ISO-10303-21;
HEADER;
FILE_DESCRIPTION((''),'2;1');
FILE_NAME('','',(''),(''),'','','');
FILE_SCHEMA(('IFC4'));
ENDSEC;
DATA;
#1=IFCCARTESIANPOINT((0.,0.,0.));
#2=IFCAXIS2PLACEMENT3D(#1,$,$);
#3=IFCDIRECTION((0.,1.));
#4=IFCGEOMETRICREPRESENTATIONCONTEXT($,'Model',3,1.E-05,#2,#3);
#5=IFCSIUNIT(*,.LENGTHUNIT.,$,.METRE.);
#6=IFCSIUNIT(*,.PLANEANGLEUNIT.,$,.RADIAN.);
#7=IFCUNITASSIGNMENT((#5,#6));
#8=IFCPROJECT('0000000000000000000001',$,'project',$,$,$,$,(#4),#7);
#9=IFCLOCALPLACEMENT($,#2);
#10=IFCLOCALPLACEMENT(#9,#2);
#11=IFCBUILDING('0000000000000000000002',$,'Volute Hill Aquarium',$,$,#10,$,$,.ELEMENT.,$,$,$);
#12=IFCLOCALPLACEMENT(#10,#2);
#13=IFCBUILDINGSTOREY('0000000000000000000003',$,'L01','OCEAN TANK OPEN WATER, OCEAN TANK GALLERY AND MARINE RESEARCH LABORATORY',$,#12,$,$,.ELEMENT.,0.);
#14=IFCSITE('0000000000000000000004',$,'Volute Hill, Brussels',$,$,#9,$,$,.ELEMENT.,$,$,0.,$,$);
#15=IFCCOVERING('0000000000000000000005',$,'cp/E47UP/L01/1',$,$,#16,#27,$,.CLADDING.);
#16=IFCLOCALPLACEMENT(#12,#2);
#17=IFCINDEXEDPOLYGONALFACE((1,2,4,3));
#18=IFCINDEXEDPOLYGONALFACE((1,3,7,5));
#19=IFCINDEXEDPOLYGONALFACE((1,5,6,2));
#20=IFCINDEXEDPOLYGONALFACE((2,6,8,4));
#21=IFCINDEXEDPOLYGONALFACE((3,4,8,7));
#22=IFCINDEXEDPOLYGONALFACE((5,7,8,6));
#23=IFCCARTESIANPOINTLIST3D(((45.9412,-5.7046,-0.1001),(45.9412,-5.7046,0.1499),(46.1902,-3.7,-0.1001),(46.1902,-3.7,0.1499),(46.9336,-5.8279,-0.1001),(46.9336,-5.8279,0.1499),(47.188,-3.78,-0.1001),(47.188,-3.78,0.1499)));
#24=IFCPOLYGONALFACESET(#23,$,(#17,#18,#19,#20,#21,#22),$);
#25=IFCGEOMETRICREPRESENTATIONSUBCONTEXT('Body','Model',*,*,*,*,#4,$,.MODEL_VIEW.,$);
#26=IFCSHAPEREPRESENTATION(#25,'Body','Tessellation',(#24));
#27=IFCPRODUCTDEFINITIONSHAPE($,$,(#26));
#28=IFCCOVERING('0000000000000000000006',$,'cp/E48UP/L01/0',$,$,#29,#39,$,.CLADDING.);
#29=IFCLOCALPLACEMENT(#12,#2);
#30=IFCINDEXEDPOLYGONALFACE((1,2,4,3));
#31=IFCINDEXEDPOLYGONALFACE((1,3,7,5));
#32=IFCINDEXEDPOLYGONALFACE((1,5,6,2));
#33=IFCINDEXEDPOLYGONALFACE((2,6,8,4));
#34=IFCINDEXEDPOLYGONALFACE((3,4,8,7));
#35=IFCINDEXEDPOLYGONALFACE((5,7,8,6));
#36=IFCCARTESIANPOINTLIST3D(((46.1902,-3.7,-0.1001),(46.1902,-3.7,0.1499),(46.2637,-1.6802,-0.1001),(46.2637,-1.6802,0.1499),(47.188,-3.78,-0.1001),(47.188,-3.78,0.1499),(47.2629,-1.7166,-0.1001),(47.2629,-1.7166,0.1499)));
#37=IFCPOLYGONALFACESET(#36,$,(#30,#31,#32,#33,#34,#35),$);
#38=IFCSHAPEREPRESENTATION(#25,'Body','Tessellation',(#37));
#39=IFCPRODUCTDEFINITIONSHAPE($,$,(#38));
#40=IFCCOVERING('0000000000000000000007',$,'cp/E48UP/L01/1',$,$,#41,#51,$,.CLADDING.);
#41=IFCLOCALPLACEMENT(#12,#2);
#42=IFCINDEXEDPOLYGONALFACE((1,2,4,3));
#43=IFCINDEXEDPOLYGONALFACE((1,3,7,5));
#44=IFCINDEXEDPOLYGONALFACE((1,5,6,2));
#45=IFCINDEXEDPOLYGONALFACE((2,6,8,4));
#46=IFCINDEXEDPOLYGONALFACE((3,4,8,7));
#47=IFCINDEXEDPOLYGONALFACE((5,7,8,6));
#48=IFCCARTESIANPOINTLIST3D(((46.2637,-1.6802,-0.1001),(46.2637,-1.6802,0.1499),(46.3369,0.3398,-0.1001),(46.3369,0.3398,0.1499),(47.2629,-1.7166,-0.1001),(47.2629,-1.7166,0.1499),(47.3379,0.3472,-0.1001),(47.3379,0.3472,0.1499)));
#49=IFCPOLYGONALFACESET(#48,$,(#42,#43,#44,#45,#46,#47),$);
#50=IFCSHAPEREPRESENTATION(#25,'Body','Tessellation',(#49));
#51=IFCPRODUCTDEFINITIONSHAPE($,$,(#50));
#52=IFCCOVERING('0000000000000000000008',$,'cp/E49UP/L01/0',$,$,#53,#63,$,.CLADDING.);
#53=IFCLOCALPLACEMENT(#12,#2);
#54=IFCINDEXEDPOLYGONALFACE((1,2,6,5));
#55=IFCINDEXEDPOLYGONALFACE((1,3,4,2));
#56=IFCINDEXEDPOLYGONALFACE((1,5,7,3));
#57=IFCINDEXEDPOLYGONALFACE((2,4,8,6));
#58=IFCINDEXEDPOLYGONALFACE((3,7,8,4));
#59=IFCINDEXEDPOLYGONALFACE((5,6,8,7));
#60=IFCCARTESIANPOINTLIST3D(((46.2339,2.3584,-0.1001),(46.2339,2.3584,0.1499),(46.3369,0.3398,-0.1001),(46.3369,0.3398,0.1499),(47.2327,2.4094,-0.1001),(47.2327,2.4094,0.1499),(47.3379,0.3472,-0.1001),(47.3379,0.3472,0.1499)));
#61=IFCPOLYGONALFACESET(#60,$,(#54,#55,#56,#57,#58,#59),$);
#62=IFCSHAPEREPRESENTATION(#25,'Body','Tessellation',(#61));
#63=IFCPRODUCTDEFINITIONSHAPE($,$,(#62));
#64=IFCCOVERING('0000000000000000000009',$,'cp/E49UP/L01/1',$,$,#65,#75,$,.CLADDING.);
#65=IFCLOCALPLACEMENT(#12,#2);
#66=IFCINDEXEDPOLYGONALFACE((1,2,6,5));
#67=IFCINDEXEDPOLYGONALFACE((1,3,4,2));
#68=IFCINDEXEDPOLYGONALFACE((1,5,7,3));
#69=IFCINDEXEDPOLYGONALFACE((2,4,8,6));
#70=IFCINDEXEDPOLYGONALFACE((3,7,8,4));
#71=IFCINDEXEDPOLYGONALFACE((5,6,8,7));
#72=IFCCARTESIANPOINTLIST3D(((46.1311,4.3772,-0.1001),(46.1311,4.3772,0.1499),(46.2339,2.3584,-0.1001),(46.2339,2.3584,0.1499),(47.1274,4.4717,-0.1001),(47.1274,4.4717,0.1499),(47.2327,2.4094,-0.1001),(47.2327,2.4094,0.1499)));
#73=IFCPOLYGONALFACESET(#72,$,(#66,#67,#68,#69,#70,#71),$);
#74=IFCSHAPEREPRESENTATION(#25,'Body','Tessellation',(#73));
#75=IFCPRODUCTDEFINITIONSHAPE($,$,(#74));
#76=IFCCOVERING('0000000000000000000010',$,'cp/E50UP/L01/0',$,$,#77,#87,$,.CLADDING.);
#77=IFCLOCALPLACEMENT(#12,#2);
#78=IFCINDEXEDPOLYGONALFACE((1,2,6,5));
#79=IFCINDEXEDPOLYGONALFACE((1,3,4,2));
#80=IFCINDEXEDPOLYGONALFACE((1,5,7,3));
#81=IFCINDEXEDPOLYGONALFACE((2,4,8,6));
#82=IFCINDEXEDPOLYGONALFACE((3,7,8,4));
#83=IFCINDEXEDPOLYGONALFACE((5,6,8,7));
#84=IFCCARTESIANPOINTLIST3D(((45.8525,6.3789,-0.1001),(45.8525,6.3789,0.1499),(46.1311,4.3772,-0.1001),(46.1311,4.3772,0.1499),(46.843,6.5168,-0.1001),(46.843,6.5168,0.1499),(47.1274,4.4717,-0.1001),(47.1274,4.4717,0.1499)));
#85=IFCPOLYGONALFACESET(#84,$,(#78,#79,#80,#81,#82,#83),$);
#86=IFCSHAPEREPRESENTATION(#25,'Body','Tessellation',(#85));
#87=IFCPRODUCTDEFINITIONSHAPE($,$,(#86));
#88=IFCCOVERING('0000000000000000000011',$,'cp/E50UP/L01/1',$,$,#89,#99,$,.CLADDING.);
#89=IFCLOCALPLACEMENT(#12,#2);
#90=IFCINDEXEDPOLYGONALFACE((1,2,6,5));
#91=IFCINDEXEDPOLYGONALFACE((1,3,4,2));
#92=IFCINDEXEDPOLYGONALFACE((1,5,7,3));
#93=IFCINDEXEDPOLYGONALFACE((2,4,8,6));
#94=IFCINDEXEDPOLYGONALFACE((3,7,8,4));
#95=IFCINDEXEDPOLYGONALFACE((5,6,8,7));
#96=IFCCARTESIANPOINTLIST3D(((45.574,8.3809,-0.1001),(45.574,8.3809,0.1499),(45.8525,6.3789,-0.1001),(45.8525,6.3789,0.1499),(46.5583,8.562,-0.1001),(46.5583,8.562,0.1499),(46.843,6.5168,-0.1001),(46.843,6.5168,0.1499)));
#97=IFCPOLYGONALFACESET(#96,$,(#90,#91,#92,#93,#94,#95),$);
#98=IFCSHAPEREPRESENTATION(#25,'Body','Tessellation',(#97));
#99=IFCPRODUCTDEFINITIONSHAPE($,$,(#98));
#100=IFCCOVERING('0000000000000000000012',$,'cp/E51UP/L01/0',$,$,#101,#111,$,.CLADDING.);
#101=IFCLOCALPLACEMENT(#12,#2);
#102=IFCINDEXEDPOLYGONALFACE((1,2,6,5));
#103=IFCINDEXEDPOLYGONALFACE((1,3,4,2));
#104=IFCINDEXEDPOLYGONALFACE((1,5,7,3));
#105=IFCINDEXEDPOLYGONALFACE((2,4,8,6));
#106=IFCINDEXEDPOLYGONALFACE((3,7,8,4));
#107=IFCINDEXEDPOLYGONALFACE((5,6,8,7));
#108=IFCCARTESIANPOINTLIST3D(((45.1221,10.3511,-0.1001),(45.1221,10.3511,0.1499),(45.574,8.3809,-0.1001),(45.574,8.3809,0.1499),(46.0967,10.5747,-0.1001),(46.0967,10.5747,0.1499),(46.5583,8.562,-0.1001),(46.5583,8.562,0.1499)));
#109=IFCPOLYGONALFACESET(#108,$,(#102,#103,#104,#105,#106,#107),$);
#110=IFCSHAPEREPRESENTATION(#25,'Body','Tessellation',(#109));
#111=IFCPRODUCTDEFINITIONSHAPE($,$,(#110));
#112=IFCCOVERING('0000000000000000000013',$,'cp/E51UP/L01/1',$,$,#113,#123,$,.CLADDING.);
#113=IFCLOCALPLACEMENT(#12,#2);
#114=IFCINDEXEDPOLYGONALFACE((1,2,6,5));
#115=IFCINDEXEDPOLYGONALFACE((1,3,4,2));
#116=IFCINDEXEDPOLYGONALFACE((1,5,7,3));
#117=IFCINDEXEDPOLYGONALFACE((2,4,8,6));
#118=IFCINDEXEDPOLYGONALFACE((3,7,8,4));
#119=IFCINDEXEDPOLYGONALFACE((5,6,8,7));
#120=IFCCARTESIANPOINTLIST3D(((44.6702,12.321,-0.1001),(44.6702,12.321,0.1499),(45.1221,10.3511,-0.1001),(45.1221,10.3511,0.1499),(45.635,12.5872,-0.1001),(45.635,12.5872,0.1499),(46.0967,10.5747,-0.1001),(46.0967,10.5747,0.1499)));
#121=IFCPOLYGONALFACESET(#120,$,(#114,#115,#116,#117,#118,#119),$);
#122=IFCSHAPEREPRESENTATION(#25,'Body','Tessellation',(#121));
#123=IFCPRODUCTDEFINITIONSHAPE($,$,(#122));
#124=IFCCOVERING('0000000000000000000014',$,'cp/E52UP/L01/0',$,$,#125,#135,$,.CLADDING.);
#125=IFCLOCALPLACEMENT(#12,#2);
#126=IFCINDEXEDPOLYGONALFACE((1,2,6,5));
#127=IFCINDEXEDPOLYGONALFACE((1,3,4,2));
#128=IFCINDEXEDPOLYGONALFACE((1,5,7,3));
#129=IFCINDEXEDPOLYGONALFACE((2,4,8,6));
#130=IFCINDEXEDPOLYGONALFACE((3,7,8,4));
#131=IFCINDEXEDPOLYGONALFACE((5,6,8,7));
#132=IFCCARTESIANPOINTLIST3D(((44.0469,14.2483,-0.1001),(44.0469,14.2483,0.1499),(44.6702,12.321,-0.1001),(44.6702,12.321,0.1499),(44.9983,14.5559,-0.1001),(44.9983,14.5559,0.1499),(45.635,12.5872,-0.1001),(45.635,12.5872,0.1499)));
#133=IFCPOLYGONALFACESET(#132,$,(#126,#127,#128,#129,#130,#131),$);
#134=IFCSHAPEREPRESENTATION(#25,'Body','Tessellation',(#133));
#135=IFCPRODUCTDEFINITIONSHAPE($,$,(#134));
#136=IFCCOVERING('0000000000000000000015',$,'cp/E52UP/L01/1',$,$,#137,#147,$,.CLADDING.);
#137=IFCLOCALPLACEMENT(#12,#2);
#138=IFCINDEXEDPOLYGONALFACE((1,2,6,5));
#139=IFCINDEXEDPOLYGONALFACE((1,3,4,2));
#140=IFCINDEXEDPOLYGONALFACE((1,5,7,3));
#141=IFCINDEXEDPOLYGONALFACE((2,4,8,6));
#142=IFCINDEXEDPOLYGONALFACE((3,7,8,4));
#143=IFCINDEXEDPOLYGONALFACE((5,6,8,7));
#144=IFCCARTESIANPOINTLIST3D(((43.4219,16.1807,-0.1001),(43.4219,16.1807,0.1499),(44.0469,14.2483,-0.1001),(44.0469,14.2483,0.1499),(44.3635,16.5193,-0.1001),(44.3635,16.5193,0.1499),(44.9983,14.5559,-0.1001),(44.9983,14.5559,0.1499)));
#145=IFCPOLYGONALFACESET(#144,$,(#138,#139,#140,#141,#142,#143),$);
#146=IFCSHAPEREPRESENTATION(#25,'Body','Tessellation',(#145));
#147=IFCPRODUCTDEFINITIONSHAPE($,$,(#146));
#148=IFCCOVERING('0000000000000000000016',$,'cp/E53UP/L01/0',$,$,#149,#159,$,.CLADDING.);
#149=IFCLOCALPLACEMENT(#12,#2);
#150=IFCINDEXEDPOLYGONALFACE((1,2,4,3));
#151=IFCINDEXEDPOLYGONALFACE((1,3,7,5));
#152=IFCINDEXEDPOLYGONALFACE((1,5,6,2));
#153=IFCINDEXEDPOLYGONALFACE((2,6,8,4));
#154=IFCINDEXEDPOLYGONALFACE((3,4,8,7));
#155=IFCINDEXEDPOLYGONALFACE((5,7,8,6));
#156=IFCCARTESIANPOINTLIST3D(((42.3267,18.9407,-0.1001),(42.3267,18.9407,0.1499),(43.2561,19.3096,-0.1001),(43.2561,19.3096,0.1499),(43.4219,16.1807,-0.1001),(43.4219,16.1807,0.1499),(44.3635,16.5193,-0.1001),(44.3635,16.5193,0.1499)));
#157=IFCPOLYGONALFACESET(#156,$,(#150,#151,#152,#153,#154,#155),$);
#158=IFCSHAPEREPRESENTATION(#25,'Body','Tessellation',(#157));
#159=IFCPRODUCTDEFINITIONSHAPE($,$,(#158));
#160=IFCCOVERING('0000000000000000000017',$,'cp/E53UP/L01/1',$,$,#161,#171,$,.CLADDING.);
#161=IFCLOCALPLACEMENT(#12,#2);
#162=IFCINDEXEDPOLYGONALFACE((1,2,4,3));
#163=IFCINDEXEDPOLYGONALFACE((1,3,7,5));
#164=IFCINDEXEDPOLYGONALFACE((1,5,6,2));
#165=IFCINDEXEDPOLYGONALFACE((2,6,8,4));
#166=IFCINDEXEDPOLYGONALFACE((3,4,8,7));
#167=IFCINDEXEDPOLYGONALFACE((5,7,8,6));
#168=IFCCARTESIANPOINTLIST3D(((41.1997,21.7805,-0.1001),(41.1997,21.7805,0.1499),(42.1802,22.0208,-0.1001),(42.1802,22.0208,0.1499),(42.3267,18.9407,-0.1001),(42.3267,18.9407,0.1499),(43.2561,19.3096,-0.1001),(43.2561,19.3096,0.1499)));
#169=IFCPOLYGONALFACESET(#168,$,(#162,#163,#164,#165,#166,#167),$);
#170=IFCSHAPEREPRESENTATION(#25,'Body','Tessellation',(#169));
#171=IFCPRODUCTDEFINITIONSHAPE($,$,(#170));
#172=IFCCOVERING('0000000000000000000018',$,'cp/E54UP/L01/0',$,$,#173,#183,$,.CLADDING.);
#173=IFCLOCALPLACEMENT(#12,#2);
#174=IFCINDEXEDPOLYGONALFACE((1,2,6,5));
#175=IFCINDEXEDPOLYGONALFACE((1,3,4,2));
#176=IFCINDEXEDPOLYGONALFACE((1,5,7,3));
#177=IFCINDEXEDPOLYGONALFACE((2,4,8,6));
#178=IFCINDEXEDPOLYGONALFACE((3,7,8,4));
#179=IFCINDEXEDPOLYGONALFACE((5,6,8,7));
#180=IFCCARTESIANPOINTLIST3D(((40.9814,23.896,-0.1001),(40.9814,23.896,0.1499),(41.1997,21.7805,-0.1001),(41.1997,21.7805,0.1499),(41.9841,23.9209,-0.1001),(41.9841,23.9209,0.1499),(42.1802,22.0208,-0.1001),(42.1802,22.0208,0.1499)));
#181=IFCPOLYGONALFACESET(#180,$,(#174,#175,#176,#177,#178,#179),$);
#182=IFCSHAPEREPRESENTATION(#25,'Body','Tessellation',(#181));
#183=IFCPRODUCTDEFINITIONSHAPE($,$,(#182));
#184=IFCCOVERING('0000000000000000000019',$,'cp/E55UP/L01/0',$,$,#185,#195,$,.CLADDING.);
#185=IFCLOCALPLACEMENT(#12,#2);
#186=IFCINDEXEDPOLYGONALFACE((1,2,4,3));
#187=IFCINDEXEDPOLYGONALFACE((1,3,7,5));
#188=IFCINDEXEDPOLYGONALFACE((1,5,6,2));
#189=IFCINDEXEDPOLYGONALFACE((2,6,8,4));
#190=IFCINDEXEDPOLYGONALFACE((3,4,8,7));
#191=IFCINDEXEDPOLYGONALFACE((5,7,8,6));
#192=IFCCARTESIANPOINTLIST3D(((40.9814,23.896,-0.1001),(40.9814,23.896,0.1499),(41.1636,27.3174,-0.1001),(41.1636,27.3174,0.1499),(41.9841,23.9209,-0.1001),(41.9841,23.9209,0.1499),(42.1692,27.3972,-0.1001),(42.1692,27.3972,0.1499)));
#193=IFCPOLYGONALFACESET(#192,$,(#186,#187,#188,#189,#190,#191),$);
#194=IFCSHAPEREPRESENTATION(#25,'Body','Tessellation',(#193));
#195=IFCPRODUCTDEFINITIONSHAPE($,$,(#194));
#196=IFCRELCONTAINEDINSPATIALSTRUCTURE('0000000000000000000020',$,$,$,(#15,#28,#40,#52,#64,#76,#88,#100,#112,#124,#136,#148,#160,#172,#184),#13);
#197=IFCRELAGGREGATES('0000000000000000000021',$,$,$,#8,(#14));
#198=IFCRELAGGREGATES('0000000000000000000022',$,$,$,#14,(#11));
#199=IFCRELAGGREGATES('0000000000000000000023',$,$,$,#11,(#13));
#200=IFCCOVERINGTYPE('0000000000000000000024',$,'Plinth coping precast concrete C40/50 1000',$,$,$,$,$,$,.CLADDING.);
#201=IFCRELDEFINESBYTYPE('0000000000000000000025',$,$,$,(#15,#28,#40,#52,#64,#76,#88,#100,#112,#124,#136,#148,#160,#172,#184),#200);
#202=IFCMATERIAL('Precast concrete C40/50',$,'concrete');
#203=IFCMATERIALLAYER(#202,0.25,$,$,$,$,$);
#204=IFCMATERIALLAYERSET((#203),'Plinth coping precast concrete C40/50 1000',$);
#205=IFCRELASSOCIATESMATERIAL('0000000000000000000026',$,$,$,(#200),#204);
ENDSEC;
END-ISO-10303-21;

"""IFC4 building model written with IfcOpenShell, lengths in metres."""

from ifc_helpers import new_model, si_unit, direction, frame, origin, place, context, subcontext, project, spatial, polyline, outline, extrude, material, layer, layer_set, type_object, element, save


model = new_model("IFC4")

# Units and contexts
model_context = context("Model", 3, precision=1e-05, world=origin(), true_north=direction((0.0, 1.0)))
body_context = subcontext(model_context, "Body", "Model", "MODEL_VIEW")
ifc_project = project(units=[si_unit("LENGTHUNIT", "METRE"), si_unit("PLANEANGLEUNIT", "RADIAN")], contexts=[model_context])

# Site, building, storey
site_placement = place(None, origin())
site = spatial("IfcSite", under=ifc_project, at=site_placement, Name="Volute Hill, Brussels", CompositionType="ELEMENT", RefElevation=0.0)
building_placement = place(site_placement, origin())
building = spatial("IfcBuilding", under=site, at=building_placement, Name="Volute Hill Aquarium", CompositionType="ELEMENT")
storey_placement = place(building_placement, origin())
storey = spatial("IfcBuildingStorey", under=building, at=storey_placement, Name="L01", Description="OCEAN TANK OPEN WATER, OCEAN TANK GALLERY AND MARINE RESEARCH LABORATORY", CompositionType="ELEMENT", Elevation=0.0)

# Coverings
ifc_material = material(Name="Precast concrete C40/50", Category="concrete")
ifc_layer = layer(ifc_material, 0.25)
ifc_layer_set = layer_set([ifc_layer], Name="Plinth coping precast concrete C40/50 1000")
covering_type = type_object("IfcCoveringType", Name="Plinth coping precast concrete C40/50 1000", PredefinedType="CLADDING", material=ifc_layer_set)
covering_1_placement = place(storey_placement, frame((0.0, 0.0, -0.1001)))
element("IfcCovering", 1, at=covering_1_placement, inside=storey, type_object=covering_type, Name="cp/E47UP/L01/1", PredefinedType="CLADDING", context=body_context, shape_type="SweptSolid", body=[
    extrude(outline(polyline([(46.9336, -5.8279), (47.188, -3.78), (46.1902, -3.7), (46.1902, -3.7), (45.9412, -5.7046), (46.9336, -5.8279)])), origin(), (0.0, 0.0, 1.0), 0.25),
])
covering_2_placement = place(storey_placement, frame((0.0, 0.0, -0.1001)))
element("IfcCovering", 2, at=covering_2_placement, inside=storey, type_object=covering_type, Name="cp/E48UP/L01/0", PredefinedType="CLADDING", context=body_context, shape_type="SweptSolid", body=[
    extrude(outline(polyline([(47.188, -3.78), (47.2629, -1.7166), (46.2637, -1.6802), (46.1902, -3.7), (47.188, -3.78), (47.188, -3.78)])), origin(), (0.0, 0.0, 1.0), 0.25),
])
covering_3_placement = place(storey_placement, frame((0.0, 0.0, -0.1001)))
element("IfcCovering", 3, at=covering_3_placement, inside=storey, type_object=covering_type, Name="cp/E48UP/L01/1", PredefinedType="CLADDING", context=body_context, shape_type="SweptSolid", body=[
    extrude(outline(polyline([(47.3379, 0.3472), (47.3379, 0.3472), (46.3369, 0.3398), (46.2637, -1.6802), (47.2629, -1.7166), (47.3379, 0.3472)])), origin(), (0.0, 0.0, 1.0), 0.25),
])
covering_4_placement = place(storey_placement, frame((0.0, 0.0, -0.1001)))
element("IfcCovering", 4, at=covering_4_placement, inside=storey, type_object=covering_type, Name="cp/E49UP/L01/0", PredefinedType="CLADDING", context=body_context, shape_type="SweptSolid", body=[
    extrude(outline(polyline([(47.3379, 0.3472), (47.2327, 2.4094), (46.2339, 2.3584), (46.3369, 0.3398), (46.3369, 0.3398), (47.3379, 0.3472)])), origin(), (0.0, 0.0, 1.0), 0.25),
])
covering_5_placement = place(storey_placement, frame((0.0, 0.0, -0.1001)))
element("IfcCovering", 5, at=covering_5_placement, inside=storey, type_object=covering_type, Name="cp/E49UP/L01/1", PredefinedType="CLADDING", context=body_context, shape_type="SweptSolid", body=[
    extrude(outline(polyline([(47.2327, 2.4094), (47.1274, 4.4717), (46.1311, 4.3772), (46.2339, 2.3584), (47.2327, 2.4094)])), origin(), (0.0, 0.0, 1.0), 0.25),
])
covering_6_placement = place(storey_placement, frame((0.0, 0.0, -0.1001)))
element("IfcCovering", 6, at=covering_6_placement, inside=storey, type_object=covering_type, Name="cp/E50UP/L01/0", PredefinedType="CLADDING", context=body_context, shape_type="SweptSolid", body=[
    extrude(outline(polyline([(47.1274, 4.4717), (46.843, 6.5168), (45.8525, 6.3789), (46.1311, 4.3772), (46.1311, 4.3772), (47.1274, 4.4717), (47.1274, 4.4717)])), origin(), (0.0, 0.0, 1.0), 0.25),
])
covering_7_placement = place(storey_placement, frame((0.0, 0.0, -0.1001)))
element("IfcCovering", 7, at=covering_7_placement, inside=storey, type_object=covering_type, Name="cp/E50UP/L01/1", PredefinedType="CLADDING", context=body_context, shape_type="SweptSolid", body=[
    extrude(outline(polyline([(46.5583, 8.562), (46.5583, 8.562), (45.574, 8.3809), (45.574, 8.3809), (45.8525, 6.3789), (46.843, 6.5168), (46.5583, 8.562)])), origin(), (0.0, 0.0, 1.0), 0.25),
])
covering_8_placement = place(storey_placement, frame((0.0, 0.0, -0.1001)))
element("IfcCovering", 8, at=covering_8_placement, inside=storey, type_object=covering_type, Name="cp/E51UP/L01/0", PredefinedType="CLADDING", context=body_context, shape_type="SweptSolid", body=[
    extrude(outline(polyline([(46.5583, 8.562), (46.0967, 10.5747), (45.1221, 10.3511), (45.574, 8.3809), (46.5583, 8.562)])), origin(), (0.0, 0.0, 1.0), 0.25),
])
covering_9_placement = place(storey_placement, frame((0.0, 0.0, -0.1001)))
element("IfcCovering", 9, at=covering_9_placement, inside=storey, type_object=covering_type, Name="cp/E51UP/L01/1", PredefinedType="CLADDING", context=body_context, shape_type="SweptSolid", body=[
    extrude(outline(polyline([(46.0967, 10.5747), (45.635, 12.5872), (44.6702, 12.321), (44.6702, 12.321), (45.1221, 10.3511), (46.0967, 10.5747)])), origin(), (0.0, 0.0, 1.0), 0.25),
])
covering_10_placement = place(storey_placement, frame((0.0, 0.0, -0.1001)))
element("IfcCovering", 10, at=covering_10_placement, inside=storey, type_object=covering_type, Name="cp/E52UP/L01/0", PredefinedType="CLADDING", context=body_context, shape_type="SweptSolid", body=[
    extrude(outline(polyline([(45.635, 12.5872), (44.9983, 14.5559), (44.0469, 14.2483), (44.6702, 12.321), (45.635, 12.5872)])), origin(), (0.0, 0.0, 1.0), 0.25),
])
covering_11_placement = place(storey_placement, frame((0.0, 0.0, -0.1001)))
element("IfcCovering", 11, at=covering_11_placement, inside=storey, type_object=covering_type, Name="cp/E52UP/L01/1", PredefinedType="CLADDING", context=body_context, shape_type="SweptSolid", body=[
    extrude(outline(polyline([(44.3635, 16.5193), (44.3635, 16.5193), (43.4219, 16.1807), (44.0469, 14.2483), (44.9983, 14.5559), (44.3635, 16.5193)])), origin(), (0.0, 0.0, 1.0), 0.25),
])
covering_12_placement = place(storey_placement, frame((0.0, 0.0, -0.1001)))
element("IfcCovering", 12, at=covering_12_placement, inside=storey, type_object=covering_type, Name="cp/E53UP/L01/0", PredefinedType="CLADDING", context=body_context, shape_type="SweptSolid", body=[
    extrude(outline(polyline([(44.3635, 16.5193), (43.2561, 19.3096), (42.3267, 18.9407), (43.4219, 16.1807), (43.4219, 16.1807), (44.3635, 16.5193)])), origin(), (0.0, 0.0, 1.0), 0.25),
])
covering_13_placement = place(storey_placement, frame((0.0, 0.0, -0.1001)))
element("IfcCovering", 13, at=covering_13_placement, inside=storey, type_object=covering_type, Name="cp/E53UP/L01/1", PredefinedType="CLADDING", context=body_context, shape_type="SweptSolid", body=[
    extrude(outline(polyline([(42.1802, 22.0208), (42.1802, 22.0208), (41.1997, 21.7805), (41.1997, 21.7805), (42.3267, 18.9407), (43.2561, 19.3096), (42.1802, 22.0208)])), origin(), (0.0, 0.0, 1.0), 0.25),
])
covering_14_placement = place(storey_placement, frame((0.0, 0.0, -0.1001)))
element("IfcCovering", 14, at=covering_14_placement, inside=storey, type_object=covering_type, Name="cp/E54UP/L01/0", PredefinedType="CLADDING", context=body_context, shape_type="SweptSolid", body=[
    extrude(outline(polyline([(42.1802, 22.0208), (41.9841, 23.9209), (40.9814, 23.896), (41.1997, 21.7805), (42.1802, 22.0208)])), origin(), (0.0, 0.0, 1.0), 0.25),
])
covering_15_placement = place(storey_placement, frame((0.0, 0.0, -0.1001)))
element("IfcCovering", 15, at=covering_15_placement, inside=storey, type_object=covering_type, Name="cp/E55UP/L01/0", PredefinedType="CLADDING", context=body_context, shape_type="SweptSolid", body=[
    extrude(outline(polyline([(42.1692, 27.3972), (42.1692, 27.3972), (41.1636, 27.3174), (41.1636, 27.3174), (40.9814, 23.896), (40.9814, 23.896), (41.9841, 23.9209), (41.9841, 23.9209), (42.1692, 27.3972)])), origin(), (0.0, 0.0, 1.0), 0.25),
])

save(model, "model.ifc")
